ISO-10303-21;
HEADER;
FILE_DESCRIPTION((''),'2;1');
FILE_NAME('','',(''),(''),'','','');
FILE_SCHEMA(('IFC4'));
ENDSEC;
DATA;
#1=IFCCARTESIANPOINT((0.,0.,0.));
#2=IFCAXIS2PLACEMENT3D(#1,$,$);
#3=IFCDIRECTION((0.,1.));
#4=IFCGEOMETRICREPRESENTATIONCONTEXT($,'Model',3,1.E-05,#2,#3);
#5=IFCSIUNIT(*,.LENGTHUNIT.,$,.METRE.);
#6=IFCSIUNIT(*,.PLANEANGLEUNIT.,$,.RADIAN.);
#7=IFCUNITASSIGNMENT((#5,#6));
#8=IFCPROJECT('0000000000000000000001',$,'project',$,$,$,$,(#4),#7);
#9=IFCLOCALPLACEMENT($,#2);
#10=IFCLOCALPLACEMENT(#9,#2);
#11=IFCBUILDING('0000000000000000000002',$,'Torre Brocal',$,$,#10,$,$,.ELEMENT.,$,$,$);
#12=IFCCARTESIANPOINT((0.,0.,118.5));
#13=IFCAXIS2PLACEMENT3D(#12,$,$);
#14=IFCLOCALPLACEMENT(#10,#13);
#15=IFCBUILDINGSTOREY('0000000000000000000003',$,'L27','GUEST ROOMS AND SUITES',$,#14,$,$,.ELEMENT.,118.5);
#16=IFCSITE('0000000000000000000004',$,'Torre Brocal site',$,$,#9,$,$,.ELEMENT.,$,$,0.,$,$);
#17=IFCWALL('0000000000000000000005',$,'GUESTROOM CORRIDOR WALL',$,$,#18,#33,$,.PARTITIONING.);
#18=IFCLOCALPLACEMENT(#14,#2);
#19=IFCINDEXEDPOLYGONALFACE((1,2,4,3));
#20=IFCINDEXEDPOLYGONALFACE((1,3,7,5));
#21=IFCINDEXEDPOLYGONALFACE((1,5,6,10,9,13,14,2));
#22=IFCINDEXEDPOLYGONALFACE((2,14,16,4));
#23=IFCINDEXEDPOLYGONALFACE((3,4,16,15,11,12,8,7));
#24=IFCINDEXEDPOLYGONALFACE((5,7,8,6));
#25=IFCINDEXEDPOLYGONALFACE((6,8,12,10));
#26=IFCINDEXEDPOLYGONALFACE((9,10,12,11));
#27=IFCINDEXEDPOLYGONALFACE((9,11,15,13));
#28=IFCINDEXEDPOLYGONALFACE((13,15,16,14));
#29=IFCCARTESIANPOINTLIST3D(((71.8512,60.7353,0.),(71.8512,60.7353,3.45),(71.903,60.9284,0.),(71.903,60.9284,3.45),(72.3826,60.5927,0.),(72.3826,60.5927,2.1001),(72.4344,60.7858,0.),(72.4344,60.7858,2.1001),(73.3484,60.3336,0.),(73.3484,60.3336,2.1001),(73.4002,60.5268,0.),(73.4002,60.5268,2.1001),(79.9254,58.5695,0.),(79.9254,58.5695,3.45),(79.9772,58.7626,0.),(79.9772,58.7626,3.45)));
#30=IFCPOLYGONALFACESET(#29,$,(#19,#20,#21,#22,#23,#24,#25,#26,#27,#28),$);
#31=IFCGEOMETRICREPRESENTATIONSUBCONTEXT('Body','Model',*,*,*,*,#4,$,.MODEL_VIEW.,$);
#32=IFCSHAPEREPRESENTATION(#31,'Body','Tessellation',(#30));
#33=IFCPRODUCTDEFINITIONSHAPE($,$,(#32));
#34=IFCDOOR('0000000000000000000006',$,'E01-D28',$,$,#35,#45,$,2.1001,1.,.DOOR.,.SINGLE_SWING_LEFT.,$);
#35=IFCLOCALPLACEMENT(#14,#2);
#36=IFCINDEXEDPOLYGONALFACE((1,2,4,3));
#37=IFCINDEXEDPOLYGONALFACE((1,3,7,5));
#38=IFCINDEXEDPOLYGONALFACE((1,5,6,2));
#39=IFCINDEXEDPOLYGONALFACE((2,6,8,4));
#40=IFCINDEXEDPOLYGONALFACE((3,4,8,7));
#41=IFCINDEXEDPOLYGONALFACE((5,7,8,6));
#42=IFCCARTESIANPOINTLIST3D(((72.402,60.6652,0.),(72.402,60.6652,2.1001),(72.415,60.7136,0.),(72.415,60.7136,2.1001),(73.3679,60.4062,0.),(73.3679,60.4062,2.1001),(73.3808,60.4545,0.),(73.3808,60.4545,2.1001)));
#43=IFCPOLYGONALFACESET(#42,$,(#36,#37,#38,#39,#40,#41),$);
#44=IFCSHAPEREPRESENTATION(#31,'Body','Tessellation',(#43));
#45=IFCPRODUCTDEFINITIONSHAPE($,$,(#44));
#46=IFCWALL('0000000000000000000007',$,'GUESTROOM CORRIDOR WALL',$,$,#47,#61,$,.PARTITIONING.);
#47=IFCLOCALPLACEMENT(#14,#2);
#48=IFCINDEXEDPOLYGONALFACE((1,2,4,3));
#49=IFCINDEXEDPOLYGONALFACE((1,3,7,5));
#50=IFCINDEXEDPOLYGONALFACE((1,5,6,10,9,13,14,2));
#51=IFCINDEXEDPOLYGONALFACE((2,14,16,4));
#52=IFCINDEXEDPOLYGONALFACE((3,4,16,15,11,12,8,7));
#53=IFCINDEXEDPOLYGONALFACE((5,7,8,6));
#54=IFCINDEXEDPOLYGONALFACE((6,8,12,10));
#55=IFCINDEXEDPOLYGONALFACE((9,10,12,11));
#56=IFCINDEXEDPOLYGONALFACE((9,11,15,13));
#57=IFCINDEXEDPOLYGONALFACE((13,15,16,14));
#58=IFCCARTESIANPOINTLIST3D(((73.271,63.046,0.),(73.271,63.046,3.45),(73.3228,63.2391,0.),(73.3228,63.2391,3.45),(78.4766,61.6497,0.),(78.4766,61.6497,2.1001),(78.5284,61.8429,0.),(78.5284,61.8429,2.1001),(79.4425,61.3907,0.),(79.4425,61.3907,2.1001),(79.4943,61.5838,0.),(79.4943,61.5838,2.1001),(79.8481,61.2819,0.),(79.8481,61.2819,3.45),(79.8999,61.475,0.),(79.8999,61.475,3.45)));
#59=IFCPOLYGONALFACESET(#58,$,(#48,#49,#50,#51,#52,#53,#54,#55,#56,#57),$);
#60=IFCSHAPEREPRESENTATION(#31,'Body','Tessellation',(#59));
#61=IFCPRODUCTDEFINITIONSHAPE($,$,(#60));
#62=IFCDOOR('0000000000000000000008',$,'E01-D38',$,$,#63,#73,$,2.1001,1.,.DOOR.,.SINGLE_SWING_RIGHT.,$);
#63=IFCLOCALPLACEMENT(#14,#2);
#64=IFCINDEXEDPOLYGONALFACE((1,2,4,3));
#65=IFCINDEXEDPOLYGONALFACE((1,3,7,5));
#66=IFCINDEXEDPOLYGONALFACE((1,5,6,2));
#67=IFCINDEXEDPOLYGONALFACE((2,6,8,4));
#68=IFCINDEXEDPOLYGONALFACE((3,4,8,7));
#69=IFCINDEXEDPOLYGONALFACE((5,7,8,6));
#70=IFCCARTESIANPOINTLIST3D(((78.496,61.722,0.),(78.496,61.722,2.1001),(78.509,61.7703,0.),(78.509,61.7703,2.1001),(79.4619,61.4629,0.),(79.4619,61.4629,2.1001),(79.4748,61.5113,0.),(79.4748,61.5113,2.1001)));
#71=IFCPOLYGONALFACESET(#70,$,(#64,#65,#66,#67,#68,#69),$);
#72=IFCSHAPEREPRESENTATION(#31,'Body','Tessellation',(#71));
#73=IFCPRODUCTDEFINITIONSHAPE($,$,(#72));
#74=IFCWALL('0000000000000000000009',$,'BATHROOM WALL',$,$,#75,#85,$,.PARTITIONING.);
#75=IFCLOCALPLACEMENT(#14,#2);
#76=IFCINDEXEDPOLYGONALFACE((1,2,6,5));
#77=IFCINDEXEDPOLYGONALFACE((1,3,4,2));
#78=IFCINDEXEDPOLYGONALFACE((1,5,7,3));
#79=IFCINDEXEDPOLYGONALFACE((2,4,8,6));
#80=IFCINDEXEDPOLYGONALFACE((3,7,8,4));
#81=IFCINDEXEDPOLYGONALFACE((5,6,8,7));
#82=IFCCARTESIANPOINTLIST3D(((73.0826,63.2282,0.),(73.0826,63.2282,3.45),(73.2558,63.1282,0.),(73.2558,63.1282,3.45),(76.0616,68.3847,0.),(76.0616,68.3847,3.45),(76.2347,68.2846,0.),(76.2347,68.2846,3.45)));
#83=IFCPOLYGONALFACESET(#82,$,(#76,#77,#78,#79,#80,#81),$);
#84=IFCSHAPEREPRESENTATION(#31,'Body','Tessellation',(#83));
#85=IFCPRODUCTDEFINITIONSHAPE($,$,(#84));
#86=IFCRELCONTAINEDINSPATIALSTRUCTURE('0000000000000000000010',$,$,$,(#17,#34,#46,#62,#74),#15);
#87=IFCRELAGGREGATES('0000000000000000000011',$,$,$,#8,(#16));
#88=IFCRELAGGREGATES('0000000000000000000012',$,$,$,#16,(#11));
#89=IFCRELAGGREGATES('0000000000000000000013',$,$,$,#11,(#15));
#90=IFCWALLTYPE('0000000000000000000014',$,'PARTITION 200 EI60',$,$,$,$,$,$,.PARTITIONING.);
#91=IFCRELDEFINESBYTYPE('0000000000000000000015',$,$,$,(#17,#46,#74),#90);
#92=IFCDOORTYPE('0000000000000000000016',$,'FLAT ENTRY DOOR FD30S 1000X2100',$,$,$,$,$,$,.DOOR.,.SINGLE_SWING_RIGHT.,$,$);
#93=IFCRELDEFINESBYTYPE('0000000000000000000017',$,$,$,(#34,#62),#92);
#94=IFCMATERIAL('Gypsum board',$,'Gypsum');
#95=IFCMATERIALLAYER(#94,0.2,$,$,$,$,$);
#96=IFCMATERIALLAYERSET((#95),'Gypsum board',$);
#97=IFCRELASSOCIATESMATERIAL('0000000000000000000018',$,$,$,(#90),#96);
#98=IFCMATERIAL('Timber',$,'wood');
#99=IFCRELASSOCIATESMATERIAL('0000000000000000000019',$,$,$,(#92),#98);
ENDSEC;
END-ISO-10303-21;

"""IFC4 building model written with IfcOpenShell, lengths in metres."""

from ifc_helpers import new_model, si_unit, direction, frame, frame_2d, origin, place, context, subcontext, project, spatial, rectangle, extrude, material, layer, layer_set, type_object, element, fill, save


model = new_model("IFC4")

# Units and contexts
model_context = context("Model", 3, precision=1e-05, world=origin(), true_north=direction((0.0, 1.0)))
body_context = subcontext(model_context, "Body", "Model", "MODEL_VIEW")
ifc_project = project(units=[si_unit("LENGTHUNIT", "METRE"), si_unit("PLANEANGLEUNIT", "RADIAN")], contexts=[model_context])

# Site, building, storey
site_placement = place(None, origin())
site = spatial("IfcSite", under=ifc_project, at=site_placement, Name="Torre Brocal site", CompositionType="ELEMENT", RefElevation=0.0)
building_placement = place(site_placement, origin())
building = spatial("IfcBuilding", under=site, at=building_placement, Name="Torre Brocal", CompositionType="ELEMENT")
storey_placement = place(building_placement, frame((0.0, 0.0, 118.5)))
storey = spatial("IfcBuildingStorey", under=building, at=storey_placement, Name="L27", Description="GUEST ROOMS AND SUITES", CompositionType="ELEMENT", Elevation=118.5)

# Walls, openings, doors
ifc_material_1 = material(Name="Gypsum board", Category="Gypsum")
ifc_layer_1 = layer(ifc_material_1, 0.2)
ifc_layer_set_1 = layer_set([ifc_layer_1], Name="Gypsum board")
wall_type_1 = type_object("IfcWallType", Name="PARTITION 200 EI60", PredefinedType="PARTITIONING", material=ifc_layer_set_1)
ifc_material_2 = material(Name="Timber", Category="wood")
door_type_1 = type_object("IfcDoorType", Name="FLAT ENTRY DOOR FD30S 1000X2100", OperationType="SINGLE_SWING_RIGHT", PredefinedType="DOOR", material=ifc_material_2)
wall_1_placement = place(storey_placement, frame((71.8772, 60.8318, 0.0), z_axis=(0.0, 0.0, 1.0), x_axis=(0.965857, -0.259075, 0.0)))
wall_1 = element("IfcWall", 1, at=wall_1_placement, inside=storey, type_object=wall_type_1, Name="GUESTROOM CORRIDOR WALL", PredefinedType="PARTITIONING", context=body_context, shape_type="SweptSolid", body=[
    extrude(rectangle(XDim=8.3596, YDim=0.2, at=frame_2d((4.1797, 0.0))), origin(), (0.0, 0.0, 1.0), 3.45),
])
opening_1_placement = place(wall_1_placement, frame((0.55, 0.0, 0.0)))
opening_1 = element("IfcOpeningElement", 2, at=opening_1_placement, cuts=wall_1, PredefinedType="OPENING", context=body_context, shape_type="SweptSolid", body=[
    extrude(rectangle(XDim=1.0, YDim=2.1001, at=frame_2d((0.5, 1.05))), frame((0.0, 0.1099, 0.0), z_axis=(0.0, -1.0, 0.0), x_axis=(1.0, 0.0, 0.0)), (0.0, 0.0, 1.0), 0.22),
])
door_1_placement = place(opening_1_placement, frame((1.0, 0.0, 0.0), z_axis=(0.0, 0.0, 1.0), x_axis=(-1.0, 0.0, 0.0)))
door_1 = element("IfcDoor", 3, at=door_1_placement, inside=storey, type_object=door_type_1, Name="E01-D28", OperationType="SINGLE_SWING_LEFT", OverallHeight=2.1001, OverallWidth=1.0, PredefinedType="DOOR", context=body_context, shape_type="SweptSolid", body=[
    extrude(rectangle(XDim=1.0, YDim=2.1001, at=frame_2d((0.5, 1.05))), frame((0.0, 0.0249, 0.0), z_axis=(0.0, -1.0, 0.0), x_axis=(1.0, 0.0, 0.0)), (0.0, 0.0, 1.0), 0.05),
])
fill(opening_1, door_1)
wall_2_placement = place(storey_placement, frame((73.2969, 63.1426, 0.0), z_axis=(0.0, 0.0, 1.0), x_axis=(0.965859, -0.259068, 0.0)))
wall_2 = element("IfcWall", 4, at=wall_2_placement, inside=storey, type_object=wall_type_1, Name="GUESTROOM CORRIDOR WALL", PredefinedType="PARTITIONING", context=body_context, shape_type="SweptSolid", body=[
    extrude(rectangle(XDim=6.8096, YDim=0.2, at=frame_2d((3.4048, 0.0))), origin(), (0.0, 0.0, 1.0), 3.45),
])
opening_2_placement = place(wall_2_placement, frame((5.3896, 0.0, 0.0)))
opening_2 = element("IfcOpeningElement", 5, at=opening_2_placement, cuts=wall_2, PredefinedType="OPENING", context=body_context, shape_type="SweptSolid", body=[
    extrude(rectangle(XDim=1.0, YDim=2.1001, at=frame_2d((0.5, 1.05))), frame((0.0, 0.1099, 0.0), z_axis=(0.0, -1.0, 0.0), x_axis=(1.0, 0.0, 0.0)), (0.0, 0.0, 1.0), 0.22),
])
door_2_placement = place(opening_2_placement, origin())
door_2 = element("IfcDoor", 6, at=door_2_placement, inside=storey, type_object=door_type_1, Name="E01-D38", OperationType="SINGLE_SWING_RIGHT", OverallHeight=2.1001, OverallWidth=1.0, PredefinedType="DOOR", context=body_context, shape_type="SweptSolid", body=[
    extrude(rectangle(XDim=1.0, YDim=2.1001, at=frame_2d((0.5, 1.05))), frame((0.0, 0.0249, 0.0), z_axis=(0.0, -1.0, 0.0), x_axis=(1.0, 0.0, 0.0)), (0.0, 0.0, 1.0), 0.05),
])
fill(opening_2, door_2)

# Wall
wall_3_placement = place(storey_placement, frame((73.1692, 63.1782, 0.0), z_axis=(0.0, 0.0, 1.0), x_axis=(0.500239, 0.865887, 0.0)))
element("IfcWall", 7, at=wall_3_placement, inside=storey, type_object=wall_type_1, Name="BATHROOM WALL", PredefinedType="PARTITIONING", context=body_context, shape_type="SweptSolid", body=[
    extrude(rectangle(XDim=5.9551, YDim=0.2, at=frame_2d((2.9775, 0.0))), origin(), (0.0, 0.0, 1.0), 3.45),
])

save(model, "model.ifc")
